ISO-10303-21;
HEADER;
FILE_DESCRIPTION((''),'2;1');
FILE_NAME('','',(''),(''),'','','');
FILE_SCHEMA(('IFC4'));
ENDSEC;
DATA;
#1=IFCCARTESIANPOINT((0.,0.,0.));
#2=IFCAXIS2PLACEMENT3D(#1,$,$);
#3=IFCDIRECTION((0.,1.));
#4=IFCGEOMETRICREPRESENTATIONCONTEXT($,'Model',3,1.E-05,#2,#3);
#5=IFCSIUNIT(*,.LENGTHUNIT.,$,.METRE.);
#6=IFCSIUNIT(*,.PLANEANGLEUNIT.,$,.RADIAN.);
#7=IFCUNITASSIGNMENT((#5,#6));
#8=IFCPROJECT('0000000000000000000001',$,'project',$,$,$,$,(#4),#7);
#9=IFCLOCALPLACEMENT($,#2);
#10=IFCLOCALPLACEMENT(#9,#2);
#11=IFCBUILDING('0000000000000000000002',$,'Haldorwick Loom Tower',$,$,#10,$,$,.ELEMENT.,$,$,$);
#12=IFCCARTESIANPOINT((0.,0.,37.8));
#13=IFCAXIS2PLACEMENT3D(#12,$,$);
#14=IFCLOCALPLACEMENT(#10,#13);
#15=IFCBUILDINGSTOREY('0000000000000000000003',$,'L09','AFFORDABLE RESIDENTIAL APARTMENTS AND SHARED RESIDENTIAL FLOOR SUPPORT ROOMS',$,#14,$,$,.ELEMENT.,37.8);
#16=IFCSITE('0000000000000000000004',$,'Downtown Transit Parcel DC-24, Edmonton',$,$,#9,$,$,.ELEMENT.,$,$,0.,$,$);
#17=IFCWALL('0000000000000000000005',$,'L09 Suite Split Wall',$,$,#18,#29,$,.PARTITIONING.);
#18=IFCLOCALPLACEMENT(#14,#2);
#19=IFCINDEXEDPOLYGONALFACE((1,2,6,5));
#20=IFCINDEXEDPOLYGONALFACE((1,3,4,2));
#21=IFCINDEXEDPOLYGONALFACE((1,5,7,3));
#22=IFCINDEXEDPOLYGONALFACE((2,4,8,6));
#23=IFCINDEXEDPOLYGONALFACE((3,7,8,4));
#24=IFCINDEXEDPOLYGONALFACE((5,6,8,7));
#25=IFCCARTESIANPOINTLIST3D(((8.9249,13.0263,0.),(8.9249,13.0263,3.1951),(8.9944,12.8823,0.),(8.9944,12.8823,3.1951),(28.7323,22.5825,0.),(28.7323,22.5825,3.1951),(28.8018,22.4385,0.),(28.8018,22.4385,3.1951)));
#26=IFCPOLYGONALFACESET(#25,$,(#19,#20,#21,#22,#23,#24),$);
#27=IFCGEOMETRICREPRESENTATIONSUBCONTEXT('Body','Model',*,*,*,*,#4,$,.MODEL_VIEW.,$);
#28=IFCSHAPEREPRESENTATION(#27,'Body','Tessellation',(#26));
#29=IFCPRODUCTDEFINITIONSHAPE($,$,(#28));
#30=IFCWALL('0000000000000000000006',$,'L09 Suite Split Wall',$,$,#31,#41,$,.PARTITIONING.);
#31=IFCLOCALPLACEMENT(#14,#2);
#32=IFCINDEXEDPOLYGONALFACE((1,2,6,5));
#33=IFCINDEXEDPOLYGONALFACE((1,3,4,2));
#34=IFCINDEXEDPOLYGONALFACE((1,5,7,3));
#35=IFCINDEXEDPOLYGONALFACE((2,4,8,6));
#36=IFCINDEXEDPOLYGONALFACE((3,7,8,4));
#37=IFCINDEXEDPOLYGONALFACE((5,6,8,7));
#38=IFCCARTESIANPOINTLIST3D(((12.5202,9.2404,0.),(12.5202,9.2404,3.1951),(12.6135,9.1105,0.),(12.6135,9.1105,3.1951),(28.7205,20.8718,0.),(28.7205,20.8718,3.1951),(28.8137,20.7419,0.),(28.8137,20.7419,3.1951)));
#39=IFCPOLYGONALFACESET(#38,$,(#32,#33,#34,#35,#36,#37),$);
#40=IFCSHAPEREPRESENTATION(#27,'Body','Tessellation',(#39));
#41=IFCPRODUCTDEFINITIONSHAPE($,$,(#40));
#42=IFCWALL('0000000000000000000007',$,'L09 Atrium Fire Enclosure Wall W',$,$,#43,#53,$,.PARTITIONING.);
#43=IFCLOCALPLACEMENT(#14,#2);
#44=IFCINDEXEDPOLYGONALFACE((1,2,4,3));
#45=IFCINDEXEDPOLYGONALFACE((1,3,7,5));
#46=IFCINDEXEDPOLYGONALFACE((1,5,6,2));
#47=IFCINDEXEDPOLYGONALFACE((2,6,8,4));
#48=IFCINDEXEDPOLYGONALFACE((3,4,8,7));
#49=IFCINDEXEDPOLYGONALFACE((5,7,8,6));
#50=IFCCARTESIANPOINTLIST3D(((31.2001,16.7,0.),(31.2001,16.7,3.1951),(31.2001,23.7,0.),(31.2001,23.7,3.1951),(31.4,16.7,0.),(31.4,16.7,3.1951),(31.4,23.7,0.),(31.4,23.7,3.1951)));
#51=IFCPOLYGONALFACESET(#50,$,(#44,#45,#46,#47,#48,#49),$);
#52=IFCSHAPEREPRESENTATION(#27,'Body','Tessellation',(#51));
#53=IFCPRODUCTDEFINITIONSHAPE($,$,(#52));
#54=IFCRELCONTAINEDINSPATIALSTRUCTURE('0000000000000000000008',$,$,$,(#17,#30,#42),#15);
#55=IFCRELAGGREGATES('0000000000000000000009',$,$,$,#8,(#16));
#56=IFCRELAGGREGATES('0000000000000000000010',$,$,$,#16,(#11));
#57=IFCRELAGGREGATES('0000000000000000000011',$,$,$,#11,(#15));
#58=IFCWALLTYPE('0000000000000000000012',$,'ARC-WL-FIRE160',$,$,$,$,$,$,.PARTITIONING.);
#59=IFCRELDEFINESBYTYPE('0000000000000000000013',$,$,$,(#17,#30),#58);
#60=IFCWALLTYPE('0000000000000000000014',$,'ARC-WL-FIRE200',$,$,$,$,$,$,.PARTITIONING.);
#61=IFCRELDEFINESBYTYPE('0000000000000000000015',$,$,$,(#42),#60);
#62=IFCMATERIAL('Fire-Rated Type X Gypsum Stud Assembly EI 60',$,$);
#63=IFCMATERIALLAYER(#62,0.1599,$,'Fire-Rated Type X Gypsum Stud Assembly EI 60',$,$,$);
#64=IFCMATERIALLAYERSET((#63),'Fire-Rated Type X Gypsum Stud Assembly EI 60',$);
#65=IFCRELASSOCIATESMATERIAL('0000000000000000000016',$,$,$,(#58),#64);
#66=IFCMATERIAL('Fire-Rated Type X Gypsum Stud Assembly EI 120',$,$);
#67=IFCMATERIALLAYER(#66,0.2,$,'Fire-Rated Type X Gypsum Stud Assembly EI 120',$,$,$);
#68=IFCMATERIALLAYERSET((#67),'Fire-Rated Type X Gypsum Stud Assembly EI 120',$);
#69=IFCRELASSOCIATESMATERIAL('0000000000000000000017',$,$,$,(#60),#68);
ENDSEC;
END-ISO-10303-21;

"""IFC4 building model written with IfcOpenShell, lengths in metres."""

from ifc_helpers import new_model, si_unit, direction, frame, frame_2d, origin, place, context, subcontext, project, spatial, rectangle, extrude, material, layer, layer_set, type_object, element, save


model = new_model("IFC4")

# Units and contexts
model_context = context("Model", 3, precision=1e-05, world=origin(), true_north=direction((0.0, 1.0)))
body_context = subcontext(model_context, "Body", "Model", "MODEL_VIEW")
ifc_project = project(units=[si_unit("LENGTHUNIT", "METRE"), si_unit("PLANEANGLEUNIT", "RADIAN")], contexts=[model_context])

# Site, building, storey
site_placement = place(None, origin())
site = spatial("IfcSite", under=ifc_project, at=site_placement, Name="Downtown Transit Parcel DC-24, Edmonton", CompositionType="ELEMENT", RefElevation=0.0)
building_placement = place(site_placement, origin())
building = spatial("IfcBuilding", under=site, at=building_placement, Name="Haldorwick Loom Tower", CompositionType="ELEMENT")
storey_placement = place(building_placement, frame((0.0, 0.0, 37.8)))
storey = spatial("IfcBuildingStorey", under=building, at=storey_placement, Name="L09", Description="AFFORDABLE RESIDENTIAL APARTMENTS AND SHARED RESIDENTIAL FLOOR SUPPORT ROOMS", CompositionType="ELEMENT", Elevation=37.8)

# Shared definitions
ifc_material_1 = material(Name="Fire-Rated Type X Gypsum Stud Assembly EI 60")
ifc_layer_1 = layer(ifc_material_1, 0.1599, Name="Fire-Rated Type X Gypsum Stud Assembly EI 60")
ifc_layer_set_1 = layer_set([ifc_layer_1], Name="Fire-Rated Type X Gypsum Stud Assembly EI 60")
wall_type_1 = type_object("IfcWallType", Name="ARC-WL-FIRE160", PredefinedType="PARTITIONING", material=ifc_layer_set_1)

# Walls
wall_1_placement = place(storey_placement, frame((28.7671, 22.5105, 0.0), z_axis=(0.0, 0.0, 1.0), x_axis=(-0.900659, -0.434527, 0.0)))
element("IfcWall", 1, at=wall_1_placement, inside=storey, type_object=wall_type_1, Name="L09 Suite Split Wall", PredefinedType="PARTITIONING", context=body_context, shape_type="SweptSolid", body=[
    extrude(rectangle(XDim=21.9922, YDim=0.1599, at=frame_2d((10.9961, 0.0))), origin(), (0.0, 0.0, 1.0), 3.1951),
])
wall_2_placement = place(storey_placement, frame((28.7671, 20.8069, 0.0), z_axis=(0.0, 0.0, 1.0), x_axis=(-0.812313, -0.583221, 0.0)))
element("IfcWall", 2, at=wall_2_placement, inside=storey, type_object=wall_type_1, Name="L09 Suite Split Wall", PredefinedType="PARTITIONING", context=body_context, shape_type="SweptSolid", body=[
    extrude(rectangle(XDim=19.9434, YDim=0.1599, at=frame_2d((9.9717, 0.0))), origin(), (0.0, 0.0, 1.0), 3.1951),
])
ifc_material_2 = material(Name="Fire-Rated Type X Gypsum Stud Assembly EI 120")
ifc_layer_2 = layer(ifc_material_2, 0.2, Name="Fire-Rated Type X Gypsum Stud Assembly EI 120")
ifc_layer_set_2 = layer_set([ifc_layer_2], Name="Fire-Rated Type X Gypsum Stud Assembly EI 120")
wall_type_2 = type_object("IfcWallType", Name="ARC-WL-FIRE200", PredefinedType="PARTITIONING", material=ifc_layer_set_2)
wall_3_placement = place(storey_placement, frame((31.3, 16.7, 0.0), z_axis=(0.0, 0.0, 1.0), x_axis=(0.0, 1.0, 0.0)))
element("IfcWall", 3, at=wall_3_placement, inside=storey, type_object=wall_type_2, Name="L09 Atrium Fire Enclosure Wall W", PredefinedType="PARTITIONING", context=body_context, shape_type="SweptSolid", body=[
    extrude(rectangle(XDim=7.0, YDim=0.2, at=frame_2d((3.5, 0.0))), origin(), (0.0, 0.0, 1.0), 3.1951),
])

save(model, "model.ifc")
